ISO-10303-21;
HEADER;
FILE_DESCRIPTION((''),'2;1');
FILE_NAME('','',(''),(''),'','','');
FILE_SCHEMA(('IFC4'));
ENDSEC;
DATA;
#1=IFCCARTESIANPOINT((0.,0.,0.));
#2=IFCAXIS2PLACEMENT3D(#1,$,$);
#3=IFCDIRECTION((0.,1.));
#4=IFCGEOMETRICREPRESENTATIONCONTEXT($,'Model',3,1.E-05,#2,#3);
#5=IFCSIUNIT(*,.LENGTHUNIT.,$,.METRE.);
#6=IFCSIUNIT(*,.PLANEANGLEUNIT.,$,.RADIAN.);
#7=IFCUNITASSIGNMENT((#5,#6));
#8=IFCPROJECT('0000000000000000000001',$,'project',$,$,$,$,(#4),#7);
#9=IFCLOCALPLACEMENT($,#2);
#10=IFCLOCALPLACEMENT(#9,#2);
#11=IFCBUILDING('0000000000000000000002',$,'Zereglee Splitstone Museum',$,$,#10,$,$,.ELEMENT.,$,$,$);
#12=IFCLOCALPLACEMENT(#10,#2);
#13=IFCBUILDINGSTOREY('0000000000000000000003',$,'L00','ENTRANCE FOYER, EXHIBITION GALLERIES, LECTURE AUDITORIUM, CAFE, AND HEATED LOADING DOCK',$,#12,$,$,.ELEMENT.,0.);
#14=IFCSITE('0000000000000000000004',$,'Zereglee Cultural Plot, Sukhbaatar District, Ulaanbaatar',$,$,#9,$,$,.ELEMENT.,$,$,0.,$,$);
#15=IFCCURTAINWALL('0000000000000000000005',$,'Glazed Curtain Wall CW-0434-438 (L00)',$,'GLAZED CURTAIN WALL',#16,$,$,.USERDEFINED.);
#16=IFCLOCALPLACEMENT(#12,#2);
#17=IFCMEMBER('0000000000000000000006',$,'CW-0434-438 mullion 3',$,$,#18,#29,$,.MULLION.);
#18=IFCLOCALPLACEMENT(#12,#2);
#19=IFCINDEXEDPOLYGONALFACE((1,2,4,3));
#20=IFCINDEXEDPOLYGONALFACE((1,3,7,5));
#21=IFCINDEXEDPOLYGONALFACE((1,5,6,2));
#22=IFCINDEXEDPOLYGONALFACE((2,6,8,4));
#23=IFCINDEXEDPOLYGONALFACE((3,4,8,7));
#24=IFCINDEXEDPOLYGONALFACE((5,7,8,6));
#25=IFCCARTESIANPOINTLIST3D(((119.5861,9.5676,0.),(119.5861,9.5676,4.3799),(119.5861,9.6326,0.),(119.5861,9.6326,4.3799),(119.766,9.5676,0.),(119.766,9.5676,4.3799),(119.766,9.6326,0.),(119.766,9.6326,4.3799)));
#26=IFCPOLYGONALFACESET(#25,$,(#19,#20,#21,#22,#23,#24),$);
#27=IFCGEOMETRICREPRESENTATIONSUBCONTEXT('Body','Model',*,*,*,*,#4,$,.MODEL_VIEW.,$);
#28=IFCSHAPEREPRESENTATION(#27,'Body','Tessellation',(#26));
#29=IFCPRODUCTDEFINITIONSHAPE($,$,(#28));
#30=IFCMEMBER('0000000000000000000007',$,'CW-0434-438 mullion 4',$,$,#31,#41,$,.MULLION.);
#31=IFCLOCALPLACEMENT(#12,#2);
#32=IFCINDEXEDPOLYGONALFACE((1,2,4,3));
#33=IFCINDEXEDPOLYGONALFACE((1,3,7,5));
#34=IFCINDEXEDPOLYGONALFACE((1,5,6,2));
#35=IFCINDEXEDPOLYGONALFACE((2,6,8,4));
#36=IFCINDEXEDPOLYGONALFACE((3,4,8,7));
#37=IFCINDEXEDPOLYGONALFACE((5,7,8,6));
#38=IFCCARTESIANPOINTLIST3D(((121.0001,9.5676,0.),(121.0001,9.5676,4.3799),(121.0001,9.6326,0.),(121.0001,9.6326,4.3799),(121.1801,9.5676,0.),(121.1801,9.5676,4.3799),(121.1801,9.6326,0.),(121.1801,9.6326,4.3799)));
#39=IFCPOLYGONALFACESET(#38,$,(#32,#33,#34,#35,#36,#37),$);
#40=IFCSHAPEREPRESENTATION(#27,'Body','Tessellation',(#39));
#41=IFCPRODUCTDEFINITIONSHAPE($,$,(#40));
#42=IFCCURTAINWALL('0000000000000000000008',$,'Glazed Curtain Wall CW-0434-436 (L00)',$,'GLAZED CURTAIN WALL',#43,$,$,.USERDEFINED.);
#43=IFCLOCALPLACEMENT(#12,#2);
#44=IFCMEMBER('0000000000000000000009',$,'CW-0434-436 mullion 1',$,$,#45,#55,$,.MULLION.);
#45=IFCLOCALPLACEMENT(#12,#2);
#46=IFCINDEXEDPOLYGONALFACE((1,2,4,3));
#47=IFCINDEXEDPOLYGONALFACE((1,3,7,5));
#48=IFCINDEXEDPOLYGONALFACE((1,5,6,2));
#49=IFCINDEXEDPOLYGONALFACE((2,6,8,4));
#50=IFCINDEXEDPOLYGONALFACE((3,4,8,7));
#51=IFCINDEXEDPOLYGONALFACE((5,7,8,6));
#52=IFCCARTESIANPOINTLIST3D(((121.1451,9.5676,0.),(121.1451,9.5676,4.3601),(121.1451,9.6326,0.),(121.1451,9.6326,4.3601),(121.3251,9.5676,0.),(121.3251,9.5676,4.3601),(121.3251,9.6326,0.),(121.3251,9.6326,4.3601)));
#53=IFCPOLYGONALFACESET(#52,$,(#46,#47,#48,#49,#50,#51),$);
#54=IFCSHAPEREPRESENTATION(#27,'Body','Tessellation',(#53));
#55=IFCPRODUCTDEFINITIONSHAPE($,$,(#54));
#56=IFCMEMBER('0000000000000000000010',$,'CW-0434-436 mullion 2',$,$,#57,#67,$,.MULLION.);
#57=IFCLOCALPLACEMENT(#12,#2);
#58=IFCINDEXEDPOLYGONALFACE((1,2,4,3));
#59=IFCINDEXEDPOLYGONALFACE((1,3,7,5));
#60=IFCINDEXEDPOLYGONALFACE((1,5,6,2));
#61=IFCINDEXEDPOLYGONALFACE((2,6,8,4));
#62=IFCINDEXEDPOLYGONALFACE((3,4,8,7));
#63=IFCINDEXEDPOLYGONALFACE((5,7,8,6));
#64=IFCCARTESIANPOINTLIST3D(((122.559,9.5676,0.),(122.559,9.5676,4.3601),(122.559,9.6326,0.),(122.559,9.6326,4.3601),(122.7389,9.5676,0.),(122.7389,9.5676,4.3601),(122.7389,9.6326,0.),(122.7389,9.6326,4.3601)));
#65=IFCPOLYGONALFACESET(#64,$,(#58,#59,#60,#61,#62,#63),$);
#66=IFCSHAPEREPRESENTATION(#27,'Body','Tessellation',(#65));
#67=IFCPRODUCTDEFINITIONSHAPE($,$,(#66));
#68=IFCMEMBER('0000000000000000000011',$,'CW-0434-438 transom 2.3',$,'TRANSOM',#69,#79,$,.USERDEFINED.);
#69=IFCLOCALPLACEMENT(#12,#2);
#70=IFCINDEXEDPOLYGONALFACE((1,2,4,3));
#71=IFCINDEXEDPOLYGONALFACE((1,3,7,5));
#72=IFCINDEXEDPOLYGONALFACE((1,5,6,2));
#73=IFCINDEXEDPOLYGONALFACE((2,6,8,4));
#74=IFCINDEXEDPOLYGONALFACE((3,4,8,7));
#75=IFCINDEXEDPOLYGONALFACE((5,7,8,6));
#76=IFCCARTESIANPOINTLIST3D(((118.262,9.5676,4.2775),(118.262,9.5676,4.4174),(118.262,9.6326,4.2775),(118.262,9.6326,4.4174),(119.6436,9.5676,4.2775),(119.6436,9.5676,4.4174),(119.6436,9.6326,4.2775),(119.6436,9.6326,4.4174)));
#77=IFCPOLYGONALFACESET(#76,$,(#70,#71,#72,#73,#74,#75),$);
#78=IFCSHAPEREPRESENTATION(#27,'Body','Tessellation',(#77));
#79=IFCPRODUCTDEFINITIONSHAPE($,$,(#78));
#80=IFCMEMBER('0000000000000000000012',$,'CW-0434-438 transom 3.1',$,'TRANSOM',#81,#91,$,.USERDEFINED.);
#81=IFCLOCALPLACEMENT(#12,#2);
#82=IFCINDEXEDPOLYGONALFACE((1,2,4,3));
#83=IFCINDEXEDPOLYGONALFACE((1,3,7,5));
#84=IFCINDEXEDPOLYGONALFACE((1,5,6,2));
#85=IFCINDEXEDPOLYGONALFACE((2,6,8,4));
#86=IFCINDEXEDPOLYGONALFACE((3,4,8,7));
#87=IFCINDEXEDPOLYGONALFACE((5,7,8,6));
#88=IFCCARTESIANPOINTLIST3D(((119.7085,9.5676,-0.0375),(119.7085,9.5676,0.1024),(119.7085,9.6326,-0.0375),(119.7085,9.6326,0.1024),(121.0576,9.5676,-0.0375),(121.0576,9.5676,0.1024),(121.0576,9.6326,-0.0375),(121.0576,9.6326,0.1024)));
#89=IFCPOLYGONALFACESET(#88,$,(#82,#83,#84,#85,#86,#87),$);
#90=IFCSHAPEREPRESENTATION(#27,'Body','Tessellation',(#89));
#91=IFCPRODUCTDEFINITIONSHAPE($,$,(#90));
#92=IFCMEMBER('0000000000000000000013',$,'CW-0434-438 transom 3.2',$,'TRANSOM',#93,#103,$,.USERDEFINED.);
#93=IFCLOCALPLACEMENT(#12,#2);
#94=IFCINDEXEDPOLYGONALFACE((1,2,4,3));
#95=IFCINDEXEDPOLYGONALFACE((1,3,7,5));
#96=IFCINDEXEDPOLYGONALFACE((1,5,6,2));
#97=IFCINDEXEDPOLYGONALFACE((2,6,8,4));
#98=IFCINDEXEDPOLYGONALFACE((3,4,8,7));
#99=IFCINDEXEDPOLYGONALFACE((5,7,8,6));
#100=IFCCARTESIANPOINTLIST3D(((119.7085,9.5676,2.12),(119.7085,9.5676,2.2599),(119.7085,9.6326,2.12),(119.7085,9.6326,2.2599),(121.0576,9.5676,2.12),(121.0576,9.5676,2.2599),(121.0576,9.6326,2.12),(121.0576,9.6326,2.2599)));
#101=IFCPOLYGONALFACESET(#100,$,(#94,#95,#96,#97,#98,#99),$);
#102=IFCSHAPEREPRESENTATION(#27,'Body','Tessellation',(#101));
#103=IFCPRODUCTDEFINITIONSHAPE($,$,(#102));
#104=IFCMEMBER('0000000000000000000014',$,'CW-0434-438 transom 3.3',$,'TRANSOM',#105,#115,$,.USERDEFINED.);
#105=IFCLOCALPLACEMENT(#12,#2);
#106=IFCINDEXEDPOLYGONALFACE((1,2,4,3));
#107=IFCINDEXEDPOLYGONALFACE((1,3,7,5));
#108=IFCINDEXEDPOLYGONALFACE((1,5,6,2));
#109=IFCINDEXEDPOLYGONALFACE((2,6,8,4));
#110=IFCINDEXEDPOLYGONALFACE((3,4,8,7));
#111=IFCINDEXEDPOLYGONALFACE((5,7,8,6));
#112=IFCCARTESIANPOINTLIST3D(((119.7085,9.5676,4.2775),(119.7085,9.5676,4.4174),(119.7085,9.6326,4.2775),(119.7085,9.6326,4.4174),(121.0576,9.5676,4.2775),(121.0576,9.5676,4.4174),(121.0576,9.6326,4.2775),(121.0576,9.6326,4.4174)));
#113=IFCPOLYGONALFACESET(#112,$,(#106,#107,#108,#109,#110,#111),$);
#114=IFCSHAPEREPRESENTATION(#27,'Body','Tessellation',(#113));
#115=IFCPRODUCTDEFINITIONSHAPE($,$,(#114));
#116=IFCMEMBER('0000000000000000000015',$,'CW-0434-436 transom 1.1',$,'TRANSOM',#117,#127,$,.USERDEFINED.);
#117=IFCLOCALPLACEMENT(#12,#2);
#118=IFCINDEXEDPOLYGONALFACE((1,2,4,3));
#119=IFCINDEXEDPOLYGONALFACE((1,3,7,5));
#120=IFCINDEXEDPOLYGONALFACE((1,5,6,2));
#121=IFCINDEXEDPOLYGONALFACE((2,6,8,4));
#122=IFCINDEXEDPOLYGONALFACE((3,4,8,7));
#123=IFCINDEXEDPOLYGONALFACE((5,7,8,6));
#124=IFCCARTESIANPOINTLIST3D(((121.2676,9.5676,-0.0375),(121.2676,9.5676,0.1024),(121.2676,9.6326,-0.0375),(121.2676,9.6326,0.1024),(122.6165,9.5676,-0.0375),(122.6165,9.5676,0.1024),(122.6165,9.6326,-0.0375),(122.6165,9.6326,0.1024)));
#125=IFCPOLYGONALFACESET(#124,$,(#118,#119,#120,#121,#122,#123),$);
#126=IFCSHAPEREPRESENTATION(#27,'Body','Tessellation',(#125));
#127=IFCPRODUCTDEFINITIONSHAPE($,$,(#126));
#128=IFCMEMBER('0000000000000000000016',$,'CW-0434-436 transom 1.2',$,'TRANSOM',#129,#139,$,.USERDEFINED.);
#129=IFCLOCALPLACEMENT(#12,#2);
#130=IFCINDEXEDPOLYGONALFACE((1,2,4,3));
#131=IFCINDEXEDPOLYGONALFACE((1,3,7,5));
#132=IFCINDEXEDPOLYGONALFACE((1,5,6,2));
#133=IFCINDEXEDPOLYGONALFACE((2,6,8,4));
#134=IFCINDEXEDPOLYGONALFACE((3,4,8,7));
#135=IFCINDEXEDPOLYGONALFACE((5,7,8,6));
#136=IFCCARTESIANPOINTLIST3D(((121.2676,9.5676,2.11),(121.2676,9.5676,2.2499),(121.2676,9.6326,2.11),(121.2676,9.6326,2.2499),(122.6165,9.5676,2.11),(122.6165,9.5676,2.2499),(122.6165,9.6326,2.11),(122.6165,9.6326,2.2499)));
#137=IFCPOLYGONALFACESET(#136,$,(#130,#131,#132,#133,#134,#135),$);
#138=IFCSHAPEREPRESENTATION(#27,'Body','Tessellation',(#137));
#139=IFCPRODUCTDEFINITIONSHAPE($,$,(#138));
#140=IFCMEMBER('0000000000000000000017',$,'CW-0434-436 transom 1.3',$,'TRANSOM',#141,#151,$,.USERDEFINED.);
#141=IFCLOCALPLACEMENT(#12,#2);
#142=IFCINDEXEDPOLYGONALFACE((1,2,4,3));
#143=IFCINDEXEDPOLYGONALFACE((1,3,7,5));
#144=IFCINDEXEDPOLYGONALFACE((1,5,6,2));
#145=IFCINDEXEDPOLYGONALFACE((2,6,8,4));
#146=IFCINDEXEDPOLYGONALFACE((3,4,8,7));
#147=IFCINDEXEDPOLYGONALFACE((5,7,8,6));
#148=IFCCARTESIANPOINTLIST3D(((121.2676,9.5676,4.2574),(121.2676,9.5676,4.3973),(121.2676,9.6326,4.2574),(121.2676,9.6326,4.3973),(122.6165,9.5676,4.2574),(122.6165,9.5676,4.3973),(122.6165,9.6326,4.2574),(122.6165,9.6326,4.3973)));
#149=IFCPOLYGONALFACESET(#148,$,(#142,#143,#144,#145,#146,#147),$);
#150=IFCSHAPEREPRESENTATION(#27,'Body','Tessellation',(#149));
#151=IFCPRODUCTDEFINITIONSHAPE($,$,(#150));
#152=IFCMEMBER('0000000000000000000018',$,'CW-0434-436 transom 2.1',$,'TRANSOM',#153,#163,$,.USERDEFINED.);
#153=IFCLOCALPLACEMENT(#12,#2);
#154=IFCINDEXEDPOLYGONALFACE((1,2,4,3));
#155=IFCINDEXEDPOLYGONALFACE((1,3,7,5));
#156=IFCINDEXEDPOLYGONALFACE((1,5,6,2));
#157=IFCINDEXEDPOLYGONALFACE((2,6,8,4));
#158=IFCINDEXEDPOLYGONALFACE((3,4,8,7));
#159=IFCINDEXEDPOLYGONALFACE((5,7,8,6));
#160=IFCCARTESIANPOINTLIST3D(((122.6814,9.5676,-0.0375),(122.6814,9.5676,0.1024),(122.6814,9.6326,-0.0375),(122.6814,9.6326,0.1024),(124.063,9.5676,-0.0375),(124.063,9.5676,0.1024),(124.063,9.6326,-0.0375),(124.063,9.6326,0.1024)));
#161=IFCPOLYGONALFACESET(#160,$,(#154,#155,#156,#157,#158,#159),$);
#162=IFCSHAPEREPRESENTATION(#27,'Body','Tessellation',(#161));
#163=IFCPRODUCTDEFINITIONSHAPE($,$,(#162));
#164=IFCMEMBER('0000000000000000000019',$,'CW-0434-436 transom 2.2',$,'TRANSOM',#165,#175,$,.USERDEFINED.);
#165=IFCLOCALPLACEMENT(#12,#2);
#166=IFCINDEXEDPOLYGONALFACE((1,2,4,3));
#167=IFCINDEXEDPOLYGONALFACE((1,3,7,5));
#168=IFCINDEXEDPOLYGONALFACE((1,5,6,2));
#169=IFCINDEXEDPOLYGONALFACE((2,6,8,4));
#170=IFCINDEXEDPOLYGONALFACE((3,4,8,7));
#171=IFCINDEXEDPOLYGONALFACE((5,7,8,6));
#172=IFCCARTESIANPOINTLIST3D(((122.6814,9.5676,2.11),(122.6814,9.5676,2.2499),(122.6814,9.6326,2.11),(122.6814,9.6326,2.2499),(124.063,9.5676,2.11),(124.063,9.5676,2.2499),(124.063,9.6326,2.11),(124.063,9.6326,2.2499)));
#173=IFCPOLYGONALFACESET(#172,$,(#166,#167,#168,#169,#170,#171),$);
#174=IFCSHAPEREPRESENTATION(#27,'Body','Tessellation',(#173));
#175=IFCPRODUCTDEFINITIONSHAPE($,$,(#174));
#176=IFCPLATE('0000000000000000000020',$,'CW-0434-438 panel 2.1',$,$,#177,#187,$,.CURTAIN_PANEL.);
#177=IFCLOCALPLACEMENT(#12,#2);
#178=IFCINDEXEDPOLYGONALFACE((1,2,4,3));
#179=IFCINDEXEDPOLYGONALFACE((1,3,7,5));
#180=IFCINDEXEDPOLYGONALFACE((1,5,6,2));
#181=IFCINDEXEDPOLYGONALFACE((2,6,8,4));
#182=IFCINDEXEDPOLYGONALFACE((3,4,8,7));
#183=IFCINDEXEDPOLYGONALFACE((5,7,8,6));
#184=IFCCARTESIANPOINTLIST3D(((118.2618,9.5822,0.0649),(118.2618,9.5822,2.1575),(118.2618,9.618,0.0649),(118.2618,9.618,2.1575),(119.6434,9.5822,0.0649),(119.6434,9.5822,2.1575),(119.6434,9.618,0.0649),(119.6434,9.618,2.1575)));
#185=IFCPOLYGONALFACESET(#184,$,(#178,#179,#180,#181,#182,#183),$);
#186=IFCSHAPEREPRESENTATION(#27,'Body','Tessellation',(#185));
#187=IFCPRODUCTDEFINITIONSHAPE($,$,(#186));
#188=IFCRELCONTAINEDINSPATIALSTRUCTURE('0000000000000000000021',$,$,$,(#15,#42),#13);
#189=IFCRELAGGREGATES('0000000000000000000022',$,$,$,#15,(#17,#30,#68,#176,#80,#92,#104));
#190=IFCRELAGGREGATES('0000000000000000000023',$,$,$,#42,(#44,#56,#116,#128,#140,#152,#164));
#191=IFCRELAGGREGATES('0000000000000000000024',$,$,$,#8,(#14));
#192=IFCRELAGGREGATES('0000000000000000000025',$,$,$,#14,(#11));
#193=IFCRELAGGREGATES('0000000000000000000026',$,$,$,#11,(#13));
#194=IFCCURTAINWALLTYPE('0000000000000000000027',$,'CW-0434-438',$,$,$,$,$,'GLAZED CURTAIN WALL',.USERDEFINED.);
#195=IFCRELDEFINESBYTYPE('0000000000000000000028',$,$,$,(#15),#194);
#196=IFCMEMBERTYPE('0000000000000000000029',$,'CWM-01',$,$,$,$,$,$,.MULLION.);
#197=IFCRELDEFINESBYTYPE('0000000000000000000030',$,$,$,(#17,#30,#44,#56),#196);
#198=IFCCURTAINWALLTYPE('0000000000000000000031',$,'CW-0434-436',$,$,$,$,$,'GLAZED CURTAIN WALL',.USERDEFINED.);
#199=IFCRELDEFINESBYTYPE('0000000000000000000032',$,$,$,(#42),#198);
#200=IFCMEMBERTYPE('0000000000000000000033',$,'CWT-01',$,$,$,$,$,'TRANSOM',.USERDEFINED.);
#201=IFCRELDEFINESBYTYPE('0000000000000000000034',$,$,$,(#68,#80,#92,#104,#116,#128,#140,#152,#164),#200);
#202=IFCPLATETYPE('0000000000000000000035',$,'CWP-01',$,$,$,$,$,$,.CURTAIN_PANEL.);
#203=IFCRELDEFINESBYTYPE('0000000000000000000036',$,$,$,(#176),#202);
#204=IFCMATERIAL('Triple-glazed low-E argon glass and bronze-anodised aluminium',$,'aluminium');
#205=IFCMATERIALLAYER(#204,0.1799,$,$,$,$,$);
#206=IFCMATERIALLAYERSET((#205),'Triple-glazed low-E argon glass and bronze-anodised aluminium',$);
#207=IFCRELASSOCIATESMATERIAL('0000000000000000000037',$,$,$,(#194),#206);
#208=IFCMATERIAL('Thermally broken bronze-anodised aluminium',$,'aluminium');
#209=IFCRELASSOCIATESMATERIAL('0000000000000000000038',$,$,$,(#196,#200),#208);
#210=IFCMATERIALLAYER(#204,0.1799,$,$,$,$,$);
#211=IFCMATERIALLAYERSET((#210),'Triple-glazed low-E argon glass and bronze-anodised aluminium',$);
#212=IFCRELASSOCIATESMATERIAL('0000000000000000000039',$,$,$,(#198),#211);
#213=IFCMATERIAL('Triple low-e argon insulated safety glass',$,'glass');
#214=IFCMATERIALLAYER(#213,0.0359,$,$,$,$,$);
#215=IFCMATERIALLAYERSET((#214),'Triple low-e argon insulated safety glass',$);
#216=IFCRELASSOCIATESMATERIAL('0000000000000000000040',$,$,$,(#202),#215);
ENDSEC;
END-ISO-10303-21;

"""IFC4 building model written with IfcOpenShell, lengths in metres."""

from ifc_helpers import new_model, si_unit, direction, frame, origin, origin_2d, place, context, subcontext, project, spatial, rectangle, extrude, material, layer, layer_set, material_profile, profile_set, type_object, element, aggregate, save


model = new_model("IFC4")

# Units and contexts
model_context = context("Model", 3, precision=1e-05, world=origin(), true_north=direction((0.0, 1.0)))
body_context = subcontext(model_context, "Body", "Model", "MODEL_VIEW")
ifc_project = project(units=[si_unit("LENGTHUNIT", "METRE"), si_unit("PLANEANGLEUNIT", "RADIAN")], contexts=[model_context])

# Site, building, storey
site_placement = place(None, origin())
site = spatial("IfcSite", under=ifc_project, at=site_placement, Name="Zereglee Cultural Plot, Sukhbaatar District, Ulaanbaatar", CompositionType="ELEMENT", RefElevation=0.0)
building_placement = place(site_placement, origin())
building = spatial("IfcBuilding", under=site, at=building_placement, Name="Zereglee Splitstone Museum", CompositionType="ELEMENT")
storey_placement = place(building_placement, origin())
storey = spatial("IfcBuildingStorey", under=building, at=storey_placement, Name="L00", Description="ENTRANCE FOYER, EXHIBITION GALLERIES, LECTURE AUDITORIUM, CAFE, AND HEATED LOADING DOCK", CompositionType="ELEMENT", Elevation=0.0)

# Curtain walls, members
ifc_material_1 = material(Name="Triple-glazed low-E argon glass and bronze-anodised aluminium", Category="aluminium")
ifc_layer_1 = layer(ifc_material_1, 0.1799)
ifc_layer_set_1 = layer_set([ifc_layer_1], Name="Triple-glazed low-E argon glass and bronze-anodised aluminium")
curtain_wall_type_1 = type_object("IfcCurtainWallType", Name="CW-0434-438", ElementType="GLAZED CURTAIN WALL", PredefinedType="USERDEFINED", material=ifc_layer_set_1)
curtain_wall_1_placement = place(storey_placement, origin())
curtain_wall_1 = element("IfcCurtainWall", 1, at=curtain_wall_1_placement, inside=storey, type_object=curtain_wall_type_1, Name="Glazed Curtain Wall CW-0434-438 (L00)", ObjectType="GLAZED CURTAIN WALL", PredefinedType="USERDEFINED")
ifc_material_2 = material(Name="Thermally broken bronze-anodised aluminium", Category="aluminium")
ifc_material_profile_1 = material_profile(ifc_material_2, rectangle(XDim=0.0649, YDim=0.1799, at=origin_2d()), Name="CW MULL 65x180")
ifc_profile_set_1 = profile_set([ifc_material_profile_1], Name="Thermally broken bronze-anodised aluminium")
member_type_1 = type_object("IfcMemberType", Name="CWM-01", PredefinedType="MULLION", material=ifc_profile_set_1)
member_1_placement = place(storey_placement, frame((119.676, 9.6001, 0.0), z_axis=(0.0, 0.0, 1.0), x_axis=(0.0, 1.0, 0.0)))
member_1 = element("IfcMember", 2, at=member_1_placement, type_object=member_type_1, Name="CW-0434-438 mullion 3", PredefinedType="MULLION", context=body_context, shape_type="SweptSolid", body=[
    extrude(rectangle(XDim=0.0649, YDim=0.1799, at=origin_2d()), origin(), (0.0, 0.0, 1.0), 4.3799),
])
member_2_placement = place(storey_placement, frame((121.0901, 9.6001, 0.0), z_axis=(0.0, 0.0, 1.0), x_axis=(0.0, 1.0, 0.0)))
member_2 = element("IfcMember", 3, at=member_2_placement, type_object=member_type_1, Name="CW-0434-438 mullion 4", PredefinedType="MULLION", context=body_context, shape_type="SweptSolid", body=[
    extrude(rectangle(XDim=0.0649, YDim=0.1799, at=origin_2d()), origin(), (0.0, 0.0, 1.0), 4.3799),
])
ifc_layer_2 = layer(ifc_material_1, 0.1799)
ifc_layer_set_2 = layer_set([ifc_layer_2], Name="Triple-glazed low-E argon glass and bronze-anodised aluminium")
curtain_wall_type_2 = type_object("IfcCurtainWallType", Name="CW-0434-436", ElementType="GLAZED CURTAIN WALL", PredefinedType="USERDEFINED", material=ifc_layer_set_2)
curtain_wall_2_placement = place(storey_placement, origin())
curtain_wall_2 = element("IfcCurtainWall", 4, at=curtain_wall_2_placement, inside=storey, type_object=curtain_wall_type_2, Name="Glazed Curtain Wall CW-0434-436 (L00)", ObjectType="GLAZED CURTAIN WALL", PredefinedType="USERDEFINED")
member_3_placement = place(storey_placement, frame((121.2351, 9.6001, 0.0), z_axis=(0.0, 0.0, 1.0), x_axis=(0.0, 1.0, 0.0)))
member_3 = element("IfcMember", 5, at=member_3_placement, type_object=member_type_1, Name="CW-0434-436 mullion 1", PredefinedType="MULLION", context=body_context, shape_type="SweptSolid", body=[
    extrude(rectangle(XDim=0.0649, YDim=0.1799, at=origin_2d()), origin(), (0.0, 0.0, 1.0), 4.3601),
])
member_4_placement = place(storey_placement, frame((122.6489, 9.6001, 0.0), z_axis=(0.0, 0.0, 1.0), x_axis=(0.0, 1.0, 0.0)))
member_4 = element("IfcMember", 6, at=member_4_placement, type_object=member_type_1, Name="CW-0434-436 mullion 2", PredefinedType="MULLION", context=body_context, shape_type="SweptSolid", body=[
    extrude(rectangle(XDim=0.0649, YDim=0.1799, at=origin_2d()), origin(), (0.0, 0.0, 1.0), 4.3601),
])

# Members
ifc_material_profile_2 = material_profile(ifc_material_2, rectangle(XDim=0.0649, YDim=0.1399, at=origin_2d()), Name="CW TRAN 65x140")
ifc_profile_set_2 = profile_set([ifc_material_profile_2], Name="Thermally broken bronze-anodised aluminium")
member_type_2 = type_object("IfcMemberType", Name="CWT-01", ElementType="TRANSOM", PredefinedType="USERDEFINED", material=ifc_profile_set_2)
member_5_placement = place(storey_placement, frame((118.262, 9.6001, 4.3474), z_axis=(1.0, 0.0, 0.0), x_axis=(0.0, 1.0, 0.0)))
member_5 = element("IfcMember", 7, at=member_5_placement, type_object=member_type_2, Name="CW-0434-438 transom 2.3", ObjectType="TRANSOM", PredefinedType="USERDEFINED", context=body_context, shape_type="SweptSolid", body=[
    extrude(rectangle(XDim=0.0649, YDim=0.1399, at=origin_2d()), origin(), (0.0, 0.0, 1.0), 1.3816),
])
member_6_placement = place(storey_placement, frame((119.7085, 9.6001, 0.0325), z_axis=(1.0, 0.0, 0.0), x_axis=(0.0, 1.0, 0.0)))
member_6 = element("IfcMember", 8, at=member_6_placement, type_object=member_type_2, Name="CW-0434-438 transom 3.1", ObjectType="TRANSOM", PredefinedType="USERDEFINED", context=body_context, shape_type="SweptSolid", body=[
    extrude(rectangle(XDim=0.0649, YDim=0.1399, at=origin_2d()), origin(), (0.0, 0.0, 1.0), 1.3491),
])
member_7_placement = place(storey_placement, frame((119.7085, 9.6001, 2.1899), z_axis=(1.0, 0.0, 0.0), x_axis=(0.0, 1.0, 0.0)))
member_7 = element("IfcMember", 9, at=member_7_placement, type_object=member_type_2, Name="CW-0434-438 transom 3.2", ObjectType="TRANSOM", PredefinedType="USERDEFINED", context=body_context, shape_type="SweptSolid", body=[
    extrude(rectangle(XDim=0.0649, YDim=0.1399, at=origin_2d()), origin(), (0.0, 0.0, 1.0), 1.3491),
])
member_8_placement = place(storey_placement, frame((119.7085, 9.6001, 4.3474), z_axis=(1.0, 0.0, 0.0), x_axis=(0.0, 1.0, 0.0)))
member_8 = element("IfcMember", 10, at=member_8_placement, type_object=member_type_2, Name="CW-0434-438 transom 3.3", ObjectType="TRANSOM", PredefinedType="USERDEFINED", context=body_context, shape_type="SweptSolid", body=[
    extrude(rectangle(XDim=0.0649, YDim=0.1399, at=origin_2d()), origin(), (0.0, 0.0, 1.0), 1.3491),
])
member_9_placement = place(storey_placement, frame((121.2676, 9.6001, 0.0325), z_axis=(1.0, 0.0, 0.0), x_axis=(0.0, 1.0, 0.0)))
member_9 = element("IfcMember", 11, at=member_9_placement, type_object=member_type_2, Name="CW-0434-436 transom 1.1", ObjectType="TRANSOM", PredefinedType="USERDEFINED", context=body_context, shape_type="SweptSolid", body=[
    extrude(rectangle(XDim=0.0649, YDim=0.1399, at=origin_2d()), origin(), (0.0, 0.0, 1.0), 1.3489),
])
member_10_placement = place(storey_placement, frame((121.2676, 9.6001, 2.1799), z_axis=(1.0, 0.0, 0.0), x_axis=(0.0, 1.0, 0.0)))
member_10 = element("IfcMember", 12, at=member_10_placement, type_object=member_type_2, Name="CW-0434-436 transom 1.2", ObjectType="TRANSOM", PredefinedType="USERDEFINED", context=body_context, shape_type="SweptSolid", body=[
    extrude(rectangle(XDim=0.0649, YDim=0.1399, at=origin_2d()), origin(), (0.0, 0.0, 1.0), 1.3489),
])
member_11_placement = place(storey_placement, frame((121.2676, 9.6001, 4.3274), z_axis=(1.0, 0.0, 0.0), x_axis=(0.0, 1.0, 0.0)))
member_11 = element("IfcMember", 13, at=member_11_placement, type_object=member_type_2, Name="CW-0434-436 transom 1.3", ObjectType="TRANSOM", PredefinedType="USERDEFINED", context=body_context, shape_type="SweptSolid", body=[
    extrude(rectangle(XDim=0.0649, YDim=0.1399, at=origin_2d()), origin(), (0.0, 0.0, 1.0), 1.3489),
])
member_12_placement = place(storey_placement, frame((122.6814, 9.6001, 0.0325), z_axis=(1.0, 0.0, 0.0), x_axis=(0.0, 1.0, 0.0)))
member_12 = element("IfcMember", 14, at=member_12_placement, type_object=member_type_2, Name="CW-0434-436 transom 2.1", ObjectType="TRANSOM", PredefinedType="USERDEFINED", context=body_context, shape_type="SweptSolid", body=[
    extrude(rectangle(XDim=0.0649, YDim=0.1399, at=origin_2d()), origin(), (0.0, 0.0, 1.0), 1.3816),
])
member_13_placement = place(storey_placement, frame((122.6814, 9.6001, 2.1799), z_axis=(1.0, 0.0, 0.0), x_axis=(0.0, 1.0, 0.0)))
member_13 = element("IfcMember", 15, at=member_13_placement, type_object=member_type_2, Name="CW-0434-436 transom 2.2", ObjectType="TRANSOM", PredefinedType="USERDEFINED", context=body_context, shape_type="SweptSolid", body=[
    extrude(rectangle(XDim=0.0649, YDim=0.1399, at=origin_2d()), origin(), (0.0, 0.0, 1.0), 1.3816),
])

# Plate
ifc_material_3 = material(Name="Triple low-e argon insulated safety glass", Category="glass")
ifc_layer_3 = layer(ifc_material_3, 0.0359)
ifc_layer_set_3 = layer_set([ifc_layer_3], Name="Triple low-e argon insulated safety glass")
plate_type = type_object("IfcPlateType", Name="CWP-01", PredefinedType="CURTAIN_PANEL", material=ifc_layer_set_3)
plate_1_placement = place(storey_placement, frame((118.9526, 9.6001, 0.0649), z_axis=(0.0, 0.0, 1.0), x_axis=(1.0, 0.0, 0.0)))
plate_1 = element("IfcPlate", 16, at=plate_1_placement, type_object=plate_type, Name="CW-0434-438 panel 2.1", PredefinedType="CURTAIN_PANEL", context=body_context, shape_type="SweptSolid", body=[
    extrude(rectangle(XDim=1.3816, YDim=0.0359, at=origin_2d()), origin(), (0.0, 0.0, 1.0), 2.0925),
])
aggregate(curtain_wall_1, [member_1, member_2, member_5, plate_1, member_6, member_7, member_8])
aggregate(curtain_wall_2, [member_3, member_4, member_9, member_10, member_11, member_12, member_13])

save(model, "model.ifc")
